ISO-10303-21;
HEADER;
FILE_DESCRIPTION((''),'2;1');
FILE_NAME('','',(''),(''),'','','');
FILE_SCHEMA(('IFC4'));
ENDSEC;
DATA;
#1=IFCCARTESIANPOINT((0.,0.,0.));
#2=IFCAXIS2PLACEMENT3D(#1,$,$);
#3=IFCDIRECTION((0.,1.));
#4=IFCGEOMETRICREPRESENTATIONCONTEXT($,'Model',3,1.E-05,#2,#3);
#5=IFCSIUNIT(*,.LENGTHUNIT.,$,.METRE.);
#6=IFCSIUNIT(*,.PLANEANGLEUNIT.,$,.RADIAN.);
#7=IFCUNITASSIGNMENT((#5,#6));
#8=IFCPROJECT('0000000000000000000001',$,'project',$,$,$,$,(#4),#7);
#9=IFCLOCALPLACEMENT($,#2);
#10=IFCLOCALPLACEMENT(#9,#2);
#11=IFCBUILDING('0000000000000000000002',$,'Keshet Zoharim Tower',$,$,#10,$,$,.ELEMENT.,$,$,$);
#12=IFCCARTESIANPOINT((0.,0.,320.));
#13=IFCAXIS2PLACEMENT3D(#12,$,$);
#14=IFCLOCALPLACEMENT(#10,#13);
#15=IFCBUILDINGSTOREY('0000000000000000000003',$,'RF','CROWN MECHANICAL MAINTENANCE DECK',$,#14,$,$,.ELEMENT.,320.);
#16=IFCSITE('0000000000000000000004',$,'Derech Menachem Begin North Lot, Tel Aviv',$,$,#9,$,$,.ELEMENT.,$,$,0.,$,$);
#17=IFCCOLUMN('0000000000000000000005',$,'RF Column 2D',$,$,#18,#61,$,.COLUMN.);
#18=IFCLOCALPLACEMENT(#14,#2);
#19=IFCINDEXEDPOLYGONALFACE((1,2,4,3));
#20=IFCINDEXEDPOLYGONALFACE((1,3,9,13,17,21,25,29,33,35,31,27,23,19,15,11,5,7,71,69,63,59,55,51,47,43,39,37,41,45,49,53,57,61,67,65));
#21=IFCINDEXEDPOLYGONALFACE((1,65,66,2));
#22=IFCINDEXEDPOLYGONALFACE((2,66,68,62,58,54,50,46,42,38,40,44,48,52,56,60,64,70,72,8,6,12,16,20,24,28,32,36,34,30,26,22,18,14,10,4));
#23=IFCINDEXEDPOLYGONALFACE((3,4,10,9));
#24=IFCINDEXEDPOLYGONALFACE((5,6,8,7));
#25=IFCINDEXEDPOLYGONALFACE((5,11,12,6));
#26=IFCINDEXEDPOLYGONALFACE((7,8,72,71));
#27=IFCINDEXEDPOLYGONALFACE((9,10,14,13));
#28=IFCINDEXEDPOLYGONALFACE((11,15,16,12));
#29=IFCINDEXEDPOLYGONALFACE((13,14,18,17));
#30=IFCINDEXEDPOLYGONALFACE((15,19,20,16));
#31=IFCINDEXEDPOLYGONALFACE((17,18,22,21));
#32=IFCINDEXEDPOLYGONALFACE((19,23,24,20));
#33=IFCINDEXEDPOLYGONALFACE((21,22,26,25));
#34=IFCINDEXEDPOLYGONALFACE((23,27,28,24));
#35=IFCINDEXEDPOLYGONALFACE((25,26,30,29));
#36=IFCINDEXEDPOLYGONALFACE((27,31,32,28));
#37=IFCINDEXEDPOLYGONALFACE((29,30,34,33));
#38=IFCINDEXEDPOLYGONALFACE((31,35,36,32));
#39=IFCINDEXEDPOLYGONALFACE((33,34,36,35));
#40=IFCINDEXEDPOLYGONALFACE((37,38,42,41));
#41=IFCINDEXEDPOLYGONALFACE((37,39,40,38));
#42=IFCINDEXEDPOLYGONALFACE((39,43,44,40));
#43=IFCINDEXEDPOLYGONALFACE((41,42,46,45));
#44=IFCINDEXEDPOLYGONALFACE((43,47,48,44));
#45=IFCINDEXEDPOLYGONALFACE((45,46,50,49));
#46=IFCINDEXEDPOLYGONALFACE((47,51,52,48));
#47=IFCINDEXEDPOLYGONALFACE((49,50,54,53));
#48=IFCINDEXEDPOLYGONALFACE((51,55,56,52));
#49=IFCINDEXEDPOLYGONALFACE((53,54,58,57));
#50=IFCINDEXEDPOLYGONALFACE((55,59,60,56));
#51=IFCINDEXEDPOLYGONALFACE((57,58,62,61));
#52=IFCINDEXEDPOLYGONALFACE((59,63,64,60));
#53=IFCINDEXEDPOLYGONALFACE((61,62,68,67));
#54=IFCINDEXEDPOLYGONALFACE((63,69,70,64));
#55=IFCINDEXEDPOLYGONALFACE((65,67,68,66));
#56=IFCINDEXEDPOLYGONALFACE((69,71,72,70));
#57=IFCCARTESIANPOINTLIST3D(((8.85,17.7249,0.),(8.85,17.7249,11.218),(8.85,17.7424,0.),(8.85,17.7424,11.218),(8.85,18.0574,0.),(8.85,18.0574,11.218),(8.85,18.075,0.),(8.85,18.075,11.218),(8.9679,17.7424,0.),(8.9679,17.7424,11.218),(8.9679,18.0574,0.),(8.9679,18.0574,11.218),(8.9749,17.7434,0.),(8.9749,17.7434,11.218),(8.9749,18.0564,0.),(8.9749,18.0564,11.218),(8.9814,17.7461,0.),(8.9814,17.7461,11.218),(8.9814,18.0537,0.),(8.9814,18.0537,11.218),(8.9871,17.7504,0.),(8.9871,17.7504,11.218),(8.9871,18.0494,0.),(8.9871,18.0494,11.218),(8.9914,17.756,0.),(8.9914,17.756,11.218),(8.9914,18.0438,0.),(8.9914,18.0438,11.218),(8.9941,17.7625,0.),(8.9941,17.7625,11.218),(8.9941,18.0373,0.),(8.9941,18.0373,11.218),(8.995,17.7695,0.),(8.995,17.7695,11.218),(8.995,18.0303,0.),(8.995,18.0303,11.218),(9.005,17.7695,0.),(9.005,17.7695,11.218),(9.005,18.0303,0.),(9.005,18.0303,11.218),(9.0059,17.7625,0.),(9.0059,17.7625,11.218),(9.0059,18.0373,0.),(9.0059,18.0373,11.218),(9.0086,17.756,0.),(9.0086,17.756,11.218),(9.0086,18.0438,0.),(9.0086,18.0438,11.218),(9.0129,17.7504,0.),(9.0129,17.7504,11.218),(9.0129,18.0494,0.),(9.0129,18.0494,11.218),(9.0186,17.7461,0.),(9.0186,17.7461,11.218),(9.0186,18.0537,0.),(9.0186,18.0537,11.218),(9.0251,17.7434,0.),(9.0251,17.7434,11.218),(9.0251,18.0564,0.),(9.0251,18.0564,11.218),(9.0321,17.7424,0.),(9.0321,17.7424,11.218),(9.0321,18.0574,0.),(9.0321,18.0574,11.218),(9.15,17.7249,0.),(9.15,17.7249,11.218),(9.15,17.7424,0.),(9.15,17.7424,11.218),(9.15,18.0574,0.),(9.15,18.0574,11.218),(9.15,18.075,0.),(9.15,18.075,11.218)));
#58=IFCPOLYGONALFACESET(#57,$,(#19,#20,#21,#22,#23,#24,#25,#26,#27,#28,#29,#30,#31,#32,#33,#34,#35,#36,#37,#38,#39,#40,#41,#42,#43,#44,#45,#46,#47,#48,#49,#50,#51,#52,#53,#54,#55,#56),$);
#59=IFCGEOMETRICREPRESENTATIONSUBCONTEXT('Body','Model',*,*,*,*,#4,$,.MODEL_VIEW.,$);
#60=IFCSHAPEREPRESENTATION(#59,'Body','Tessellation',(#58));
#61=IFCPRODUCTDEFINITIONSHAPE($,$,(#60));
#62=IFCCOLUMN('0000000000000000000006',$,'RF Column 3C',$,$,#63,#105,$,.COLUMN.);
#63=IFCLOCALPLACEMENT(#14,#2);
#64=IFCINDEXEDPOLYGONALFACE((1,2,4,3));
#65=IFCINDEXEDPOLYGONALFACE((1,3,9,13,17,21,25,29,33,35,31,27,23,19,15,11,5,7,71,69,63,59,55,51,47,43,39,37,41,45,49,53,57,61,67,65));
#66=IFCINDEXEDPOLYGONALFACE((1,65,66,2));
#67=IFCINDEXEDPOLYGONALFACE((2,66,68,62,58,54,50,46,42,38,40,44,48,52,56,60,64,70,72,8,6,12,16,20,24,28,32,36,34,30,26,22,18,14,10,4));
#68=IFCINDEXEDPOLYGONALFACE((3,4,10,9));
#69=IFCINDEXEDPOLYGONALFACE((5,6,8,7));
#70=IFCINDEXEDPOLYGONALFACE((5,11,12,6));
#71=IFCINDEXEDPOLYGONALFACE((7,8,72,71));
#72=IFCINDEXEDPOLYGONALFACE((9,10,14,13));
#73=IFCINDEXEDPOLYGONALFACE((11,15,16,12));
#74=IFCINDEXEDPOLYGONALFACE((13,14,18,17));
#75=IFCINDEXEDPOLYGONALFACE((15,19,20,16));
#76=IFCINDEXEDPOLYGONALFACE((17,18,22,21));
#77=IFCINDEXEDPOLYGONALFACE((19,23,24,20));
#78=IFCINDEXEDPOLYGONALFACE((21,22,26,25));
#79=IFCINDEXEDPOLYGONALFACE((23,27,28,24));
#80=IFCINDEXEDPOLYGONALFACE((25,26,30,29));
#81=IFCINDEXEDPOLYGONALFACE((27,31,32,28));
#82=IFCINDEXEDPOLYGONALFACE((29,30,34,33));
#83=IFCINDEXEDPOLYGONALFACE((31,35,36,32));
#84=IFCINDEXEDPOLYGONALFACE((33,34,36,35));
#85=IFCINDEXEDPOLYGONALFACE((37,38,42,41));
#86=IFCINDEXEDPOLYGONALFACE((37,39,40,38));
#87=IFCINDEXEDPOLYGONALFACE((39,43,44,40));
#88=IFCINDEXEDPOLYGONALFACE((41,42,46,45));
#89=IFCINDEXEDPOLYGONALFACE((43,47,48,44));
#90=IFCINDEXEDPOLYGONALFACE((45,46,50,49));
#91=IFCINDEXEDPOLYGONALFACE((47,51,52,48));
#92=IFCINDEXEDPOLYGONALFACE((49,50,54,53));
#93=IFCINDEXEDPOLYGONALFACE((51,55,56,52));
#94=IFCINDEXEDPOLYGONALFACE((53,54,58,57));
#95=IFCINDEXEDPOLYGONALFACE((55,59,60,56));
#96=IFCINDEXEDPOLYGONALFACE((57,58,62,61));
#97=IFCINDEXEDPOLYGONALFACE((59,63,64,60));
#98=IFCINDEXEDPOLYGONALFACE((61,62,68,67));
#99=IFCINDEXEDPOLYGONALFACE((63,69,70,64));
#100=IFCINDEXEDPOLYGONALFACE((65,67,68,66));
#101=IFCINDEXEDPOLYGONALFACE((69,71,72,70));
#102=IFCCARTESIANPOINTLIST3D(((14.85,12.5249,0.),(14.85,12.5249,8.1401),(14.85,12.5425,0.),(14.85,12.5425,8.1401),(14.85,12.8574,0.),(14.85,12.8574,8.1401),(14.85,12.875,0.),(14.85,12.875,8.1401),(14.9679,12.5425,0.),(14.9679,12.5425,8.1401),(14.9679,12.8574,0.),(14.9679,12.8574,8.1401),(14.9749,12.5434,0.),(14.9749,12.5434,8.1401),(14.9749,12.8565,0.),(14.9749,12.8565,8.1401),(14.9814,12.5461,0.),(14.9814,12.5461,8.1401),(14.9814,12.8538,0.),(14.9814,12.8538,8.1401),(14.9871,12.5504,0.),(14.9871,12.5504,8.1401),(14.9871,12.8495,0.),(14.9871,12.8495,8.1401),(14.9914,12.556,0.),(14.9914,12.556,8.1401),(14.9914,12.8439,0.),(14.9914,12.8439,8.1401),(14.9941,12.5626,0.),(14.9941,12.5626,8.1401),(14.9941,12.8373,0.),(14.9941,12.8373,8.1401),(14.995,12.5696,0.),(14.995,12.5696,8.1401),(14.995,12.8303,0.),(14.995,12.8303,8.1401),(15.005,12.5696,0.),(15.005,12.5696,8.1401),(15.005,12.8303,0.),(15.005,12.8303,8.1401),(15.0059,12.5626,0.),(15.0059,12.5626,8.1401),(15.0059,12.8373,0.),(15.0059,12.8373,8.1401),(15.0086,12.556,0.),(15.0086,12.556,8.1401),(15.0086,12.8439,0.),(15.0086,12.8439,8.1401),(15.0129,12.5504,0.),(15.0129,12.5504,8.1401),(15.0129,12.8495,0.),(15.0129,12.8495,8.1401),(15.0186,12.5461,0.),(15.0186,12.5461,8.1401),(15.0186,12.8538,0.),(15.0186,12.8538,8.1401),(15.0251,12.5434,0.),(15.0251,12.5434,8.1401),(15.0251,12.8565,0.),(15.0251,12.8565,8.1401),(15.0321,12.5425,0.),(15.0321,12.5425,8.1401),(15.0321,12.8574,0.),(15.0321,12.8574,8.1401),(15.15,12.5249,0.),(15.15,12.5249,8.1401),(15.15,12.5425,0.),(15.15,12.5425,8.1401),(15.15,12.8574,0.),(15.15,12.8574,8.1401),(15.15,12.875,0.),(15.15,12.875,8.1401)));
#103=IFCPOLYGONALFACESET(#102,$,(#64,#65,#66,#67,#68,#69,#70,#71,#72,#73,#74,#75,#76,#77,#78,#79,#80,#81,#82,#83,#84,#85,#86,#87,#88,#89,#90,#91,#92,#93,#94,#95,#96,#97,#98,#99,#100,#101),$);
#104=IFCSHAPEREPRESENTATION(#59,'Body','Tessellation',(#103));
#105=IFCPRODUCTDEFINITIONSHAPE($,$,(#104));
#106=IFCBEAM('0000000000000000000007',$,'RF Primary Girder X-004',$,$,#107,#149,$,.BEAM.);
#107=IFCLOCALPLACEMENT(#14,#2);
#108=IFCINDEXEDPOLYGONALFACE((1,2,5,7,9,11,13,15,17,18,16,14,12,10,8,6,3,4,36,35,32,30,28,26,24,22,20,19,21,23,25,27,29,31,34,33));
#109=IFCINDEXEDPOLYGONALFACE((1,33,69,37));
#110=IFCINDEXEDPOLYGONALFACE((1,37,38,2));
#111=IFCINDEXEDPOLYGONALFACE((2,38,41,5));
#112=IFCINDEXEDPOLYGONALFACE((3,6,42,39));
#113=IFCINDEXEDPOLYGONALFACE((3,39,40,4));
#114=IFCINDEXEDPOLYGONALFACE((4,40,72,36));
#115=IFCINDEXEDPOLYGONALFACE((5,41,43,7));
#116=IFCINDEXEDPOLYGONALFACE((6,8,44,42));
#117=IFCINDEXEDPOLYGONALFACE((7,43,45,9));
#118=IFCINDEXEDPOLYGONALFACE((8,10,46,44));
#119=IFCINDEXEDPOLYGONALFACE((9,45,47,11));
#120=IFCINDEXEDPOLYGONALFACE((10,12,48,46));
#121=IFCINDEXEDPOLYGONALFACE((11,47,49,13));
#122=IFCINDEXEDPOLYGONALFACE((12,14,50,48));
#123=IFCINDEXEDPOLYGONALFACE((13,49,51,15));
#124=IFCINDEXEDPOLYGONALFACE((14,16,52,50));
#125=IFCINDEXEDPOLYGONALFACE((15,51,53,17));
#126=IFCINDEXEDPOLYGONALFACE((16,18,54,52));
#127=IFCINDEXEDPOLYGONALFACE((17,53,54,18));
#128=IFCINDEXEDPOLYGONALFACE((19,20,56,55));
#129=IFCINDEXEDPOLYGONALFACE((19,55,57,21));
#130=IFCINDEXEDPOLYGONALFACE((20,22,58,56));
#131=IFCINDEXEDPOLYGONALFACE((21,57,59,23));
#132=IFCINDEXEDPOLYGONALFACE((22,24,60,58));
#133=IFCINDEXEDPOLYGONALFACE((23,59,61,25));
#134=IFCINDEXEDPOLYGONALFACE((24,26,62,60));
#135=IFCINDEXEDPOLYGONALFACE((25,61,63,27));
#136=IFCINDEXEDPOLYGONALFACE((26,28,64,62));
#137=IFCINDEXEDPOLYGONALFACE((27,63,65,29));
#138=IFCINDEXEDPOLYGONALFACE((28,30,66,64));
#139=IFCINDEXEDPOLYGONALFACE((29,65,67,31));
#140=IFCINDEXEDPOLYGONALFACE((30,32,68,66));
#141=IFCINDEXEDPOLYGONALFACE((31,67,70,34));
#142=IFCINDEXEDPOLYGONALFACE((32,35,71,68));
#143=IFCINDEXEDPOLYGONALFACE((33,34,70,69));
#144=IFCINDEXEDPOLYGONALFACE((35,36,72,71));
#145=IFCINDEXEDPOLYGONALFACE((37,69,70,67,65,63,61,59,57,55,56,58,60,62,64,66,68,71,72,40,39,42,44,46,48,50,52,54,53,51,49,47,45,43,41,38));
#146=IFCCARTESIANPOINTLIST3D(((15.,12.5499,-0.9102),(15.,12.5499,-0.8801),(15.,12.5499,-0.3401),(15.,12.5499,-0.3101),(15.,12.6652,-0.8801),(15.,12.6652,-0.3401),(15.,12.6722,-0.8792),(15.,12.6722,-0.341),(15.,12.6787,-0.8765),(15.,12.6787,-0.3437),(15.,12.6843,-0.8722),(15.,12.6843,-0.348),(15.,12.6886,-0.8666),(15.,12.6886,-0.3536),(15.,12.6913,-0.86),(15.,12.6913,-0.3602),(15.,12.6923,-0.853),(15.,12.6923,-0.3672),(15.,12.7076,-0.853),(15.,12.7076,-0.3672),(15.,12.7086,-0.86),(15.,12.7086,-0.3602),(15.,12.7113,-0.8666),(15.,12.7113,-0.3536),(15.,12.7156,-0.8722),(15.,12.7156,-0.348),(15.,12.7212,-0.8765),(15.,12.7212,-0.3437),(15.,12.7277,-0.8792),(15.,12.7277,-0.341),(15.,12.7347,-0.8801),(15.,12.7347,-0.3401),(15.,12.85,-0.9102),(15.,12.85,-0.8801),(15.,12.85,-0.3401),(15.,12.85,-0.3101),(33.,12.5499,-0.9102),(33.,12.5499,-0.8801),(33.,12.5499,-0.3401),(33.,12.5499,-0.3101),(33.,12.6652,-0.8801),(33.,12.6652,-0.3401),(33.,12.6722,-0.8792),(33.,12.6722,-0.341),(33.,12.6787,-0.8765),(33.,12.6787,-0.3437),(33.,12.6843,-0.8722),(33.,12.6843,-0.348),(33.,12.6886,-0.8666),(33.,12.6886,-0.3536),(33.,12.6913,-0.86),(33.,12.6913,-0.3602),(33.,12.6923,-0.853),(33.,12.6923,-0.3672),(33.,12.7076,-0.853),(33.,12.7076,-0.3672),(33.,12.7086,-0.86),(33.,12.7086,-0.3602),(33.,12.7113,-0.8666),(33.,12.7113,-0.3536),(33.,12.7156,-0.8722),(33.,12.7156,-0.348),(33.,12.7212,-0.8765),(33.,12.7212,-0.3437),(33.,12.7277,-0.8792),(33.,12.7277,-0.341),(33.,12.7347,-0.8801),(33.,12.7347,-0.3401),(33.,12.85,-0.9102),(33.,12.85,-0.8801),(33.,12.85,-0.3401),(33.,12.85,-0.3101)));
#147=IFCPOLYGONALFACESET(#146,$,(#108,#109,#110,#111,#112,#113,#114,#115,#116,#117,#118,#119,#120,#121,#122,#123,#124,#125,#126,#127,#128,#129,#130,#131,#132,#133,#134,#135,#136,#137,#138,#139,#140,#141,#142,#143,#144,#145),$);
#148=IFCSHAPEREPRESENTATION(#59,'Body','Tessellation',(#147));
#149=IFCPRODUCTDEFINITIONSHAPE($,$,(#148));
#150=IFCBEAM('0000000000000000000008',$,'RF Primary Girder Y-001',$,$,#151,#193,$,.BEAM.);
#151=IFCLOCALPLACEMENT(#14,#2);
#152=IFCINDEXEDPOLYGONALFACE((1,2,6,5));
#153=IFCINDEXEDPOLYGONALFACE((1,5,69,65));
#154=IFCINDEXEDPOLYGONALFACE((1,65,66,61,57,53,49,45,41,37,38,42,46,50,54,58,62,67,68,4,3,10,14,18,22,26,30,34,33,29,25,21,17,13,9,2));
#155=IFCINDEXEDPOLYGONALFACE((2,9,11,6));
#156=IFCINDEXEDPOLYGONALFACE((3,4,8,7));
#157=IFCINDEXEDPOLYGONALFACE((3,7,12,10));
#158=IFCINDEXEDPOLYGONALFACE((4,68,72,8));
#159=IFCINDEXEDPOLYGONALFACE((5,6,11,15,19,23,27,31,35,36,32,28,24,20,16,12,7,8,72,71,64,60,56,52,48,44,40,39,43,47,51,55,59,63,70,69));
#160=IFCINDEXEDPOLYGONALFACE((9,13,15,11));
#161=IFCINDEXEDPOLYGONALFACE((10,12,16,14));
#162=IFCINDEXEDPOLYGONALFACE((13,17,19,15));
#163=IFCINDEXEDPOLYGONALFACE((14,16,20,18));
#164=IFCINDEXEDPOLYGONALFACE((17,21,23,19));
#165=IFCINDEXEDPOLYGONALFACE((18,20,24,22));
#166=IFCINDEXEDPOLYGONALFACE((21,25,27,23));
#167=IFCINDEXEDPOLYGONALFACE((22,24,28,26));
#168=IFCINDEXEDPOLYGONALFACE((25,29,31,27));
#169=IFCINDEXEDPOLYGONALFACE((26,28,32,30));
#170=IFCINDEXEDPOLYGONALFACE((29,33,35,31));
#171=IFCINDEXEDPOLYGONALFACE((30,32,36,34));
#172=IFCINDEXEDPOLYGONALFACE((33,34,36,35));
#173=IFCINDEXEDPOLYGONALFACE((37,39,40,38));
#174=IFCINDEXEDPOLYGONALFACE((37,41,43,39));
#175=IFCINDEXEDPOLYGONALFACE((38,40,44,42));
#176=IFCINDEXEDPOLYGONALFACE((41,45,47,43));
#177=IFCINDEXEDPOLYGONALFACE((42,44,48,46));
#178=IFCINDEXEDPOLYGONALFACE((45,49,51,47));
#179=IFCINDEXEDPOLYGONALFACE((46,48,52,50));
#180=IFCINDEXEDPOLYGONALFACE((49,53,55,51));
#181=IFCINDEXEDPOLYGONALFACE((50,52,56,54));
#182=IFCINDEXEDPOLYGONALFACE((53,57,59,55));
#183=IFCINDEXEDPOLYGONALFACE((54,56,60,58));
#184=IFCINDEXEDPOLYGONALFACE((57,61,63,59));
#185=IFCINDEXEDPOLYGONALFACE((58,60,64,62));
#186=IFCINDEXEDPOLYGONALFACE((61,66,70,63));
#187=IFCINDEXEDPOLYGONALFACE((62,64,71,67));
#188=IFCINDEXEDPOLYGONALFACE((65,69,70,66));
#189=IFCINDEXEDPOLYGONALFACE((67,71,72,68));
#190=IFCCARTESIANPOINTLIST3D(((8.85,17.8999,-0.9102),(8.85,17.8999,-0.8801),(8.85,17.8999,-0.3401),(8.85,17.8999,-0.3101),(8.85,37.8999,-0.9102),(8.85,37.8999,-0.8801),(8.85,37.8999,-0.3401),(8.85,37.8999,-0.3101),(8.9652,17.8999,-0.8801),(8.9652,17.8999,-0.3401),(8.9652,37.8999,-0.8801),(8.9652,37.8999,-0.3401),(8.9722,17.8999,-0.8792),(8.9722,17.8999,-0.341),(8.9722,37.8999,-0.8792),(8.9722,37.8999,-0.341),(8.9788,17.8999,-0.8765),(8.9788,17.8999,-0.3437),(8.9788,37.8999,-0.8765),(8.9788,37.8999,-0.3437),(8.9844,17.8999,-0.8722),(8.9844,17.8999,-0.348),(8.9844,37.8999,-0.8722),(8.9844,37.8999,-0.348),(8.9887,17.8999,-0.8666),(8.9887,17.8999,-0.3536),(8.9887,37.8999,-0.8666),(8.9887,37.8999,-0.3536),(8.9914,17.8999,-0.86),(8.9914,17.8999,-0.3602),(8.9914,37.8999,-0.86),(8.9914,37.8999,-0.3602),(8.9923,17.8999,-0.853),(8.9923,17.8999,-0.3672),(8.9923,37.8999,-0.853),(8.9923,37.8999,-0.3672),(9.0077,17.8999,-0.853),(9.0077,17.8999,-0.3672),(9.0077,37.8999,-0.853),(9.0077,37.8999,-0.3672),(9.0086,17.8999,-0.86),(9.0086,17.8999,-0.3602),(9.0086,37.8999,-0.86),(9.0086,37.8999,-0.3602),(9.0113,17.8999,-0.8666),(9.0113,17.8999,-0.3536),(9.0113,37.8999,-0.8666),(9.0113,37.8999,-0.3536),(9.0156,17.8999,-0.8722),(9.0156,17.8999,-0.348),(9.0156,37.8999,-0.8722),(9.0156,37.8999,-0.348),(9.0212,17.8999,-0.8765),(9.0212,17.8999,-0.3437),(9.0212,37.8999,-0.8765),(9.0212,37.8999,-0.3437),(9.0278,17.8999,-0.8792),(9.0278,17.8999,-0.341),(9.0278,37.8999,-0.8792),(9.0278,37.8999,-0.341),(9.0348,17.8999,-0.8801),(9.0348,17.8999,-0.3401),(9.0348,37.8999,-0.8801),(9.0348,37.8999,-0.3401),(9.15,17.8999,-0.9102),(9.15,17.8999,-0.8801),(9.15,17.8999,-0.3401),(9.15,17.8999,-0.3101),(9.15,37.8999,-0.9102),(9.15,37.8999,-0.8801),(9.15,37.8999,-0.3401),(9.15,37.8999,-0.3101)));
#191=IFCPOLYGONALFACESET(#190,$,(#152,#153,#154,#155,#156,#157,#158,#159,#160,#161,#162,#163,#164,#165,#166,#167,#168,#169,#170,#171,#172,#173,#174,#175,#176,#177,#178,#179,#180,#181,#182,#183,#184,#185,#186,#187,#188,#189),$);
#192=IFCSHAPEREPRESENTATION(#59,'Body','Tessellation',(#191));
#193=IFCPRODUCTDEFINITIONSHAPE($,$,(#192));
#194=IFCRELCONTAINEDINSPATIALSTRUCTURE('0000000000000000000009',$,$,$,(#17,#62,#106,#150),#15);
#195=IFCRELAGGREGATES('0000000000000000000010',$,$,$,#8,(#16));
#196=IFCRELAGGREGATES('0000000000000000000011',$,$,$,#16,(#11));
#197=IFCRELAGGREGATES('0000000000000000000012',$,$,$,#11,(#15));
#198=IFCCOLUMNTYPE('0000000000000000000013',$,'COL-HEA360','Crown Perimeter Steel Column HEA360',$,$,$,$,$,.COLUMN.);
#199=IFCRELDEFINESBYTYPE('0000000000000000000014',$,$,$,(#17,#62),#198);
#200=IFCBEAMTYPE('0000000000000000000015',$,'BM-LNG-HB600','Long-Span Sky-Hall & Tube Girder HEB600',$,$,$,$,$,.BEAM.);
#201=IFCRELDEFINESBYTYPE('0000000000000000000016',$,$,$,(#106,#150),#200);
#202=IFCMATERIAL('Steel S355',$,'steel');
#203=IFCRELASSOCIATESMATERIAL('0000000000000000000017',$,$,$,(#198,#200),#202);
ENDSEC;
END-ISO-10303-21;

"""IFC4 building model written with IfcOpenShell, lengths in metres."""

from ifc_helpers import new_model, si_unit, direction, frame, origin, origin_2d, place, context, subcontext, project, spatial, i_section, extrude, material, material_profile, profile_set, type_object, element, save


model = new_model("IFC4")

# Units and contexts
model_context = context("Model", 3, precision=1e-05, world=origin(), true_north=direction((0.0, 1.0)))
body_context = subcontext(model_context, "Body", "Model", "MODEL_VIEW")
ifc_project = project(units=[si_unit("LENGTHUNIT", "METRE"), si_unit("PLANEANGLEUNIT", "RADIAN")], contexts=[model_context])

# Site, building, storey
site_placement = place(None, origin())
site = spatial("IfcSite", under=ifc_project, at=site_placement, Name="Derech Menachem Begin North Lot, Tel Aviv", CompositionType="ELEMENT", RefElevation=0.0)
building_placement = place(site_placement, origin())
building = spatial("IfcBuilding", under=site, at=building_placement, Name="Keshet Zoharim Tower", CompositionType="ELEMENT")
storey_placement = place(building_placement, frame((0.0, 0.0, 320.0)))
storey = spatial("IfcBuildingStorey", under=building, at=storey_placement, Name="RF", Description="CROWN MECHANICAL MAINTENANCE DECK", CompositionType="ELEMENT", Elevation=320.0)

# Columns
ifc_material_1 = material(Name="Steel S355", Category="steel")
ifc_material_profile_1 = material_profile(ifc_material_1, i_section(OverallWidth=0.3, OverallDepth=0.3501, WebThickness=0.01, FlangeThickness=0.0176, FilletRadius=0.0271, at=origin_2d()), Name="HEA360")
ifc_profile_set_1 = profile_set([ifc_material_profile_1], Name="Steel S355")
column_type = type_object("IfcColumnType", Name="COL-HEA360", Description="Crown Perimeter Steel Column HEA360", PredefinedType="COLUMN", material=ifc_profile_set_1)
column_1_placement = place(storey_placement, frame((9.0, 17.8999, 0.0), z_axis=(0.0, 0.0, 1.0), x_axis=(1.0, 0.0, 0.0)))
element("IfcColumn", 1, at=column_1_placement, inside=storey, type_object=column_type, Name="RF Column 2D", PredefinedType="COLUMN", context=body_context, shape_type="SweptSolid", body=[
    extrude(i_section(OverallWidth=0.3, OverallDepth=0.3501, WebThickness=0.01, FlangeThickness=0.0176, FilletRadius=0.0271, at=origin_2d()), origin(), (0.0, 0.0, 1.0), 11.218),
])
column_2_placement = place(storey_placement, frame((15.0, 12.7, 0.0), z_axis=(0.0, 0.0, 1.0), x_axis=(1.0, 0.0, 0.0)))
element("IfcColumn", 2, at=column_2_placement, inside=storey, type_object=column_type, Name="RF Column 3C", PredefinedType="COLUMN", context=body_context, shape_type="SweptSolid", body=[
    extrude(i_section(OverallWidth=0.3, OverallDepth=0.3501, WebThickness=0.01, FlangeThickness=0.0176, FilletRadius=0.0271, at=origin_2d()), origin(), (0.0, 0.0, 1.0), 8.1401),
])

# Beams
ifc_material_profile_2 = material_profile(ifc_material_1, i_section(OverallWidth=0.3, OverallDepth=0.6001, WebThickness=0.0154, FlangeThickness=0.03, FilletRadius=0.0271, at=origin_2d()), Name="HEB600")
ifc_profile_set_2 = profile_set([ifc_material_profile_2], Name="Steel S355")
beam_type_1 = type_object("IfcBeamType", Name="BM-LNG-HB600", Description="Long-Span Sky-Hall & Tube Girder HEB600", PredefinedType="BEAM", material=ifc_profile_set_2)
beam_1_placement = place(storey_placement, frame((15.0, 12.7, -0.6101), z_axis=(1.0, 0.0, 0.0), x_axis=(0.0, 1.0, 0.0)))
element("IfcBeam", 3, at=beam_1_placement, inside=storey, type_object=beam_type_1, Name="RF Primary Girder X-004", PredefinedType="BEAM", context=body_context, shape_type="SweptSolid", body=[
    extrude(i_section(OverallWidth=0.3, OverallDepth=0.6001, WebThickness=0.0154, FlangeThickness=0.03, FilletRadius=0.0271, at=origin_2d()), origin(), (0.0, 0.0, 1.0), 18.0),
])
beam_2_placement = place(storey_placement, frame((9.0, 17.8999, -0.6101), z_axis=(0.0, 1.0, 0.0), x_axis=(-1.0, 0.0, 0.0)))
element("IfcBeam", 4, at=beam_2_placement, inside=storey, type_object=beam_type_1, Name="RF Primary Girder Y-001", PredefinedType="BEAM", context=body_context, shape_type="SweptSolid", body=[
    extrude(i_section(OverallWidth=0.3, OverallDepth=0.6001, WebThickness=0.0154, FlangeThickness=0.03, FilletRadius=0.0271, at=origin_2d()), origin(), (0.0, 0.0, 1.0), 20.0),
])

save(model, "model.ifc")
